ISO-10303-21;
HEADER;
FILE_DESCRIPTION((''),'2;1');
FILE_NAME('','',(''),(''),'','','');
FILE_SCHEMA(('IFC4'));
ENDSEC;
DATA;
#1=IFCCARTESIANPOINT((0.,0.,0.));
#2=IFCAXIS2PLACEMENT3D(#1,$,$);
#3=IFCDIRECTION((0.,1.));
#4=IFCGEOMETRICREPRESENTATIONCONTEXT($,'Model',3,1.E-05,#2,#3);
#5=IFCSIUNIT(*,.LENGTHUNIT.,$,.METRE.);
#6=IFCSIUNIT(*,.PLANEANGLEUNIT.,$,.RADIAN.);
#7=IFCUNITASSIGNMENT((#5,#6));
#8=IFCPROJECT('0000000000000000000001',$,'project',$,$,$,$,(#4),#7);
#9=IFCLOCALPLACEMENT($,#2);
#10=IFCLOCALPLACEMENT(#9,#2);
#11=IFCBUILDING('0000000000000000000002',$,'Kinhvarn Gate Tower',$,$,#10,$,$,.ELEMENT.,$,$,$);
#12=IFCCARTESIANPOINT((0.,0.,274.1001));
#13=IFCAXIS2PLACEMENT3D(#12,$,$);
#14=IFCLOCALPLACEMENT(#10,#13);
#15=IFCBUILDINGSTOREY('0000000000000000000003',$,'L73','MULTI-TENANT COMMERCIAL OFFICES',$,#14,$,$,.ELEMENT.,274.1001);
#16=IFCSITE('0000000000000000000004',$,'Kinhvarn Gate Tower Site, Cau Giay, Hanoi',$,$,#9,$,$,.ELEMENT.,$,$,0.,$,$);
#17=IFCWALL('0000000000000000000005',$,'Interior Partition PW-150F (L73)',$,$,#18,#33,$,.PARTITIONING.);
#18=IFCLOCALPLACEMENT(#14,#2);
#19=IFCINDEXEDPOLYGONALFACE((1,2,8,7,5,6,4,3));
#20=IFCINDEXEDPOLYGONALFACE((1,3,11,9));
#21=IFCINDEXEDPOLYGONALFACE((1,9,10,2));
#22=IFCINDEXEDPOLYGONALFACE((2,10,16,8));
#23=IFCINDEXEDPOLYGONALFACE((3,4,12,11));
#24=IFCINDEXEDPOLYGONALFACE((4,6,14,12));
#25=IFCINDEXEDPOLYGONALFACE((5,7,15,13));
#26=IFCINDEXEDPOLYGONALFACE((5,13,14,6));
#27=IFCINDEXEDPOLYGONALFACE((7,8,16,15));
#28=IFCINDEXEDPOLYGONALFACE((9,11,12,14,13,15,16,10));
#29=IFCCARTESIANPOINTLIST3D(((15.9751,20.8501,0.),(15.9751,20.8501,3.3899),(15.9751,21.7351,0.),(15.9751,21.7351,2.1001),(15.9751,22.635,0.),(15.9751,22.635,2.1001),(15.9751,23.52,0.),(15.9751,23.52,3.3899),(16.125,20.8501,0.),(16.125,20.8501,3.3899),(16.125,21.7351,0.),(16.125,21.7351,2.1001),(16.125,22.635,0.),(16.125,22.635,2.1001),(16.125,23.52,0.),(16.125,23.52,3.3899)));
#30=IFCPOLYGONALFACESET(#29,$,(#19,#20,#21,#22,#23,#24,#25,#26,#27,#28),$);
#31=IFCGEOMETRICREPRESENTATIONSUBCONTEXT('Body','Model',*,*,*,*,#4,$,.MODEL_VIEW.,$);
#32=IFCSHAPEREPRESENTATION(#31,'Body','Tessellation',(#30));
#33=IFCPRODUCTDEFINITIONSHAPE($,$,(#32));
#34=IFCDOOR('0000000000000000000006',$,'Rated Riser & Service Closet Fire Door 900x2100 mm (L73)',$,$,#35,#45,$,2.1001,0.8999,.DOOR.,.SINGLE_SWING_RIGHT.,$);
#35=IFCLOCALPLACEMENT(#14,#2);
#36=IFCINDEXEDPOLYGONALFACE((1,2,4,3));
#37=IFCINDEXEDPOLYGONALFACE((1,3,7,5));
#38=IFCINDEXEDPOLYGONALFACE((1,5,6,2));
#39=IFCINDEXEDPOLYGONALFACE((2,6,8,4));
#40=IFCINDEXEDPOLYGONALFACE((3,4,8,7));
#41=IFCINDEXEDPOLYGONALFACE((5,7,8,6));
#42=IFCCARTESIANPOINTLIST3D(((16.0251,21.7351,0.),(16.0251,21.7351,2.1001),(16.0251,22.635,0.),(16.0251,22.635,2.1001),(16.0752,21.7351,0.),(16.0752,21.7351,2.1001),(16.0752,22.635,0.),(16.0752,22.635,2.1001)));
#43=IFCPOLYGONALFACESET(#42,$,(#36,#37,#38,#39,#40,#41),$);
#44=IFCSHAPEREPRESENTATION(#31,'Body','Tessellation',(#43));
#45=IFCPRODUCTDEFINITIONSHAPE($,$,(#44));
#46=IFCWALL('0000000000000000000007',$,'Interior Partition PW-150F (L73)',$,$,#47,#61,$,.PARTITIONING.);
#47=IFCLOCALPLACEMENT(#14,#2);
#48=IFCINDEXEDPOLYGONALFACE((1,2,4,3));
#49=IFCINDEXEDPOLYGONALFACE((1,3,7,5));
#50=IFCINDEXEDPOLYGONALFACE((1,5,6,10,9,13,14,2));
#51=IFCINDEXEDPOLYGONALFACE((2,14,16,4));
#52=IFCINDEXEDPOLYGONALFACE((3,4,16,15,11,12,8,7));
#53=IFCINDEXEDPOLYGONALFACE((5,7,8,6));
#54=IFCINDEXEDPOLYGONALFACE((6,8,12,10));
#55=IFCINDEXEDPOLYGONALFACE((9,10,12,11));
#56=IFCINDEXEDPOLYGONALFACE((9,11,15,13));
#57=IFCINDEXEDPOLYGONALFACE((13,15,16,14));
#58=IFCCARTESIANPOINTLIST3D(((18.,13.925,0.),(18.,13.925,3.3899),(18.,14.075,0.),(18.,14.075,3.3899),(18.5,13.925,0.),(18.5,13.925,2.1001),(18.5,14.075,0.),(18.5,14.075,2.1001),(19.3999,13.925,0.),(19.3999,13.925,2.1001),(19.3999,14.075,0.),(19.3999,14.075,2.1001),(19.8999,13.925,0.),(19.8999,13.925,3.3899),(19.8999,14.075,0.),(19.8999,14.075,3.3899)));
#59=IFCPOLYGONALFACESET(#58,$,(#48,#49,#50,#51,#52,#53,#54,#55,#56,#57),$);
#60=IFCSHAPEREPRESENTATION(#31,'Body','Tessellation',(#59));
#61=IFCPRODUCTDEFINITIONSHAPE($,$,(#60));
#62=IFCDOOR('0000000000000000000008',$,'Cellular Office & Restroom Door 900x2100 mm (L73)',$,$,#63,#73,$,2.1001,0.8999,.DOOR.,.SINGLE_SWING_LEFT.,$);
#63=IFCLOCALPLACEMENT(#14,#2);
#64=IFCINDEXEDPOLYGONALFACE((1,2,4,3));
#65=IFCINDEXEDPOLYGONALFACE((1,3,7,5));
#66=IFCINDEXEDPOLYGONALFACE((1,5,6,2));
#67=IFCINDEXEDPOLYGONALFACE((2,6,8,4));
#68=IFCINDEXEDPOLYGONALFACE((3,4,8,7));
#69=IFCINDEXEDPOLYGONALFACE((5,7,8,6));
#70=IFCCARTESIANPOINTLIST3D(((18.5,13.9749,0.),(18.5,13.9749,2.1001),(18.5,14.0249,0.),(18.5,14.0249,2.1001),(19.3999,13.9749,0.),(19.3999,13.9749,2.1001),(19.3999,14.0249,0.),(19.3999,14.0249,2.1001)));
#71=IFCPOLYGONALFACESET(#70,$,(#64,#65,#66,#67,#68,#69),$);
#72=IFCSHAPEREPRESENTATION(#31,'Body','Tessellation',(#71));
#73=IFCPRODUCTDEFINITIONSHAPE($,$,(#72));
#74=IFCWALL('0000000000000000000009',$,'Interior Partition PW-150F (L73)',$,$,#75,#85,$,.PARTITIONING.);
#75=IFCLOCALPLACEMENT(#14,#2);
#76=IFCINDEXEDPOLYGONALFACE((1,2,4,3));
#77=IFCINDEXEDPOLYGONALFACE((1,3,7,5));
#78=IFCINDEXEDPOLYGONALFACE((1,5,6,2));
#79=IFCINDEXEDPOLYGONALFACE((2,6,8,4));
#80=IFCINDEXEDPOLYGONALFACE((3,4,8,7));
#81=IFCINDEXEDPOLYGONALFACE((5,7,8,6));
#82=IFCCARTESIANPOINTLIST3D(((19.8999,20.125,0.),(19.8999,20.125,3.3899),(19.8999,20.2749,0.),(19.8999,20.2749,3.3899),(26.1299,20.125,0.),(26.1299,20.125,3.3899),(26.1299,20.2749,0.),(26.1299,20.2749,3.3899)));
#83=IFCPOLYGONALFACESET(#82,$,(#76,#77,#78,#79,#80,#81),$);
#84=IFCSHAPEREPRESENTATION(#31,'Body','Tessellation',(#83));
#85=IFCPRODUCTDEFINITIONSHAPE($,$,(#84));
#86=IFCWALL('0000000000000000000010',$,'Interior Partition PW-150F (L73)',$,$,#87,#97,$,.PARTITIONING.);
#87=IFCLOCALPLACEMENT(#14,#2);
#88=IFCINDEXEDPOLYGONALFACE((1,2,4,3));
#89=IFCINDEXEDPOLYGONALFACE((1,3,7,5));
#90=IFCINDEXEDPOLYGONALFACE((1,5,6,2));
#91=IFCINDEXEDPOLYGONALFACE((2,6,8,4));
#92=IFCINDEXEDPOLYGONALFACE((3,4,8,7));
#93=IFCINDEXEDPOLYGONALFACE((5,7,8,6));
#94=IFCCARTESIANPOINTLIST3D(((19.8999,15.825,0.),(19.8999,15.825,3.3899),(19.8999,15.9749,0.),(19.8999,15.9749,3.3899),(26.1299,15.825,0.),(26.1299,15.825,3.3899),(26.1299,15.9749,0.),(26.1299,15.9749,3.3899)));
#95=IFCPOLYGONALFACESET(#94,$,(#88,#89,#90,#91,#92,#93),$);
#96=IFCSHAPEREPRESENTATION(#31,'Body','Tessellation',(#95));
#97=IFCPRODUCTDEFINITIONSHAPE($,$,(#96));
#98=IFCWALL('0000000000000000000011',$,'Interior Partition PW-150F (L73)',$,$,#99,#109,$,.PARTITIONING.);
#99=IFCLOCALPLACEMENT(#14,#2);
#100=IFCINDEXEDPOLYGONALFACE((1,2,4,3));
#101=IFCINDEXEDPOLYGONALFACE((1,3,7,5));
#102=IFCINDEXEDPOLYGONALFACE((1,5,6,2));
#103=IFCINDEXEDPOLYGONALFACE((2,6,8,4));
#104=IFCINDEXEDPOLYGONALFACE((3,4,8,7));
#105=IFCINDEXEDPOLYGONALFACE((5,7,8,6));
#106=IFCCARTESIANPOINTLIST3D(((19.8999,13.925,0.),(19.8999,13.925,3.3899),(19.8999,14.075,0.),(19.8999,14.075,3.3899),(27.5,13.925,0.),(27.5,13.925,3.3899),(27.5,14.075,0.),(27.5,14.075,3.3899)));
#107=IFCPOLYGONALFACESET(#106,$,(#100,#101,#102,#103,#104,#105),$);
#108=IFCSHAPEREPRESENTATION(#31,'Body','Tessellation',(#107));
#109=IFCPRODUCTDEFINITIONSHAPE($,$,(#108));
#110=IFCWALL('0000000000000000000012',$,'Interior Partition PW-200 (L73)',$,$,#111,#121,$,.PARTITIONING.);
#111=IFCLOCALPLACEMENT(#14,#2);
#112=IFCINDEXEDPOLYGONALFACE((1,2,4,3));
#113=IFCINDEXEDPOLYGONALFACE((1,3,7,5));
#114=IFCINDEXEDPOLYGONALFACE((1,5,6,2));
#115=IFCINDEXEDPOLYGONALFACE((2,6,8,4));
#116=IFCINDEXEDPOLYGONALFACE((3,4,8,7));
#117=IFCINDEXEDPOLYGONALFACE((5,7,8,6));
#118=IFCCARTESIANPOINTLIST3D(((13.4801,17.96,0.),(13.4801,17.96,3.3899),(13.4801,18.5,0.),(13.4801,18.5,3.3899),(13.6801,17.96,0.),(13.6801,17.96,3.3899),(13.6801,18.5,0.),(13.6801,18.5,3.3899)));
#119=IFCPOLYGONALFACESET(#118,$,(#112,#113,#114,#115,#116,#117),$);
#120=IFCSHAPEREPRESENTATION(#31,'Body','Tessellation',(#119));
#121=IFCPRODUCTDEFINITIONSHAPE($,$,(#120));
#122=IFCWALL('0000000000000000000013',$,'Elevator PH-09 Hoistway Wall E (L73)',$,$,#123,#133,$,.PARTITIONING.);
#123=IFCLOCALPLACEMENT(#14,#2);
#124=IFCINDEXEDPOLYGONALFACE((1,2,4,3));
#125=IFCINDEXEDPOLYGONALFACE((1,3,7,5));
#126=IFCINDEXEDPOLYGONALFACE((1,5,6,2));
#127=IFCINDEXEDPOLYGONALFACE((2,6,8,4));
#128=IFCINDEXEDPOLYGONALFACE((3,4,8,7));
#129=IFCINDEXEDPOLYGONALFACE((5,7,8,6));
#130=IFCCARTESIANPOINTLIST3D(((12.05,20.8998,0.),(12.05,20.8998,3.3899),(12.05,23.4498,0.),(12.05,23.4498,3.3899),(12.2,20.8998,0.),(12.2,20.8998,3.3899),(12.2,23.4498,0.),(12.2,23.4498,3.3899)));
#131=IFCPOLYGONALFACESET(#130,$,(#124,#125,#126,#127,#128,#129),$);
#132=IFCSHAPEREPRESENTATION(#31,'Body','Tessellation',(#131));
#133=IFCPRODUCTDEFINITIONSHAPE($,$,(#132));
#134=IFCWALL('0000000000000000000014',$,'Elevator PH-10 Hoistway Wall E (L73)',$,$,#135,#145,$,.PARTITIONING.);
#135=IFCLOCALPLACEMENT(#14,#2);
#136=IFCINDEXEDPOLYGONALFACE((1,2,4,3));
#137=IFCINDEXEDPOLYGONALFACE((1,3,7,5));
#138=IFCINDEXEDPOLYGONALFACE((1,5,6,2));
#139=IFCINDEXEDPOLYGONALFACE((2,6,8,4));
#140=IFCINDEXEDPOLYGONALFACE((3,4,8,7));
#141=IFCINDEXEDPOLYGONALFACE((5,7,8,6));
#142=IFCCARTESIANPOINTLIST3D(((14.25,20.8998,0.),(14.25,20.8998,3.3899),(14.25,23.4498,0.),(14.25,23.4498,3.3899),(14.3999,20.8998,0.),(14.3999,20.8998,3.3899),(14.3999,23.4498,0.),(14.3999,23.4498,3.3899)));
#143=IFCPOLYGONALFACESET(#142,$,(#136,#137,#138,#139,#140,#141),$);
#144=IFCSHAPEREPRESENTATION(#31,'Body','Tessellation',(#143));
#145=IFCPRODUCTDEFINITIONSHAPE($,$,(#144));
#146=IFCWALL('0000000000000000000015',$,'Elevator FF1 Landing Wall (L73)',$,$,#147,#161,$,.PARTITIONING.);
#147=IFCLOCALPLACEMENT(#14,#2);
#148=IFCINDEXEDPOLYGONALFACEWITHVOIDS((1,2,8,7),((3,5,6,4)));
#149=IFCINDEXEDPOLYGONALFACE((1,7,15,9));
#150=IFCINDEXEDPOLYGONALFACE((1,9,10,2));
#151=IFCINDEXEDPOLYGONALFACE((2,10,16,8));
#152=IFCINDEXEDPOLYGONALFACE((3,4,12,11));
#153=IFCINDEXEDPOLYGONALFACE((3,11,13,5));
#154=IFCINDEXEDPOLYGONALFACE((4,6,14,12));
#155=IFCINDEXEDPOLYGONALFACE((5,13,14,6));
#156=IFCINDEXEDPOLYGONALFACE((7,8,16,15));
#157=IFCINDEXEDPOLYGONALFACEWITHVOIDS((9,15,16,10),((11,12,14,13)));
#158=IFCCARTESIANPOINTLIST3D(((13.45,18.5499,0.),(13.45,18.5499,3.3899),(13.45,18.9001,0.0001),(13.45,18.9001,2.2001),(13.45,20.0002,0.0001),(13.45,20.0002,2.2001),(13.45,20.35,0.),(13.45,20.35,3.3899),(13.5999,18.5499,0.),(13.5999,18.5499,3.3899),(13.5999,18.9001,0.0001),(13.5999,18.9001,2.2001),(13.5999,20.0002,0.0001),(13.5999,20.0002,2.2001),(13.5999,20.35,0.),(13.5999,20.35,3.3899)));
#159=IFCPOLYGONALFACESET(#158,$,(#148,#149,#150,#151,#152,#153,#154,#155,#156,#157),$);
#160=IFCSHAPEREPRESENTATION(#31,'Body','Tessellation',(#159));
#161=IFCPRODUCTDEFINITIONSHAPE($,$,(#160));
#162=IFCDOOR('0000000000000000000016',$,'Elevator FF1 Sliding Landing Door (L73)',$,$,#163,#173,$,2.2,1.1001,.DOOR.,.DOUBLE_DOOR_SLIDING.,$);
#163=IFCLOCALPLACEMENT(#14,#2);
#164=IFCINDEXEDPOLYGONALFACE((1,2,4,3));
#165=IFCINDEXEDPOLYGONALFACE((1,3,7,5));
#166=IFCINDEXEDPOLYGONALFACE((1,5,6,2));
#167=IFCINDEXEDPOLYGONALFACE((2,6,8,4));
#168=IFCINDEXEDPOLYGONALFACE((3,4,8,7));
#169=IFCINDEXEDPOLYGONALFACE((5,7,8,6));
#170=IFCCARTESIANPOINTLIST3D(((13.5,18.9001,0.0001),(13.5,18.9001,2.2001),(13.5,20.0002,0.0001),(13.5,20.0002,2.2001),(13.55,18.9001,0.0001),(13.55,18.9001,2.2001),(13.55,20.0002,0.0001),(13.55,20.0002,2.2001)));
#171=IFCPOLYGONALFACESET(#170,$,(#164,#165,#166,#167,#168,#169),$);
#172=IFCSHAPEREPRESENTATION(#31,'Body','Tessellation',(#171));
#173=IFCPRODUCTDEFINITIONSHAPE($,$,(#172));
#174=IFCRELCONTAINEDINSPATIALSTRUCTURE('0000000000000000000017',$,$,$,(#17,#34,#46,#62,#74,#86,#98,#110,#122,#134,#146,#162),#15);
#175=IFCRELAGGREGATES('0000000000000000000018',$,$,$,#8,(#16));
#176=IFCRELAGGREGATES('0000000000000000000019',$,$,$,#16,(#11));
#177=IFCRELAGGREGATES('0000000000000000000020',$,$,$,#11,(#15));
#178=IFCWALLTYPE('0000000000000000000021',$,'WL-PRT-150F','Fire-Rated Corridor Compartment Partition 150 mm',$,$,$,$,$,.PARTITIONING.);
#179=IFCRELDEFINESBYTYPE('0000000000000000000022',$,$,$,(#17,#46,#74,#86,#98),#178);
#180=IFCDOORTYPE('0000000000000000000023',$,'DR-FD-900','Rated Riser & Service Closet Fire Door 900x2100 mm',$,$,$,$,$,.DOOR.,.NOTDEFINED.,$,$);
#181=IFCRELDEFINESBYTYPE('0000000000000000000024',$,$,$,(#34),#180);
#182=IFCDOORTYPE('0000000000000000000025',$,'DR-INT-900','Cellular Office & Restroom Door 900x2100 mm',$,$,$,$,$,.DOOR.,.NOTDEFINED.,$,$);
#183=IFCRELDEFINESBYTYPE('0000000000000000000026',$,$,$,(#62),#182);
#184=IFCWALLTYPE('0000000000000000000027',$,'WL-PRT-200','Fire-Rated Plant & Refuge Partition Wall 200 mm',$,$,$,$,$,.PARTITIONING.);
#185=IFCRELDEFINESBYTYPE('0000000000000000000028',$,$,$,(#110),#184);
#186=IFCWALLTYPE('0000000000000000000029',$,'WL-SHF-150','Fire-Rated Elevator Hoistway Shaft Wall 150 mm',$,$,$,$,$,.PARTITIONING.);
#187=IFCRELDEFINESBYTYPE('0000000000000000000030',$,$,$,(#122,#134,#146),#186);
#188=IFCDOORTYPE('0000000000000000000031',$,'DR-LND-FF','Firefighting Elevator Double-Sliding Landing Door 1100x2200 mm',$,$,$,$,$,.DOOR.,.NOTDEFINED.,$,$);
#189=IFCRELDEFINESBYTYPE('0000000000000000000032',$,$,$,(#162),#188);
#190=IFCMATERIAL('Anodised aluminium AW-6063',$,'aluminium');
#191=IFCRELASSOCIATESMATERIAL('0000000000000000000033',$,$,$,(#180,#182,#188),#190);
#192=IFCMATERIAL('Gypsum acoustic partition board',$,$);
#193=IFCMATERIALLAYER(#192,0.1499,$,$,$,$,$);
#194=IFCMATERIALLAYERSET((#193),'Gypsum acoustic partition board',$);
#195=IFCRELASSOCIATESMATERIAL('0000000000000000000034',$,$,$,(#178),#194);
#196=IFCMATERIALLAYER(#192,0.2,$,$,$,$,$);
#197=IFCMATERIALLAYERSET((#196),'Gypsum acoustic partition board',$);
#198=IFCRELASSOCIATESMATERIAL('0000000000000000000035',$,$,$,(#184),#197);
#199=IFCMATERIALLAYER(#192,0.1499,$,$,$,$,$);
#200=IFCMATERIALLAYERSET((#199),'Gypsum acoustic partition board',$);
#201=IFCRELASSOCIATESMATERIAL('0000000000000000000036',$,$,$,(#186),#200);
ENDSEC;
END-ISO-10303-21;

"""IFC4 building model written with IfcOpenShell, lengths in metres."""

from ifc_helpers import new_model, si_unit, direction, frame, frame_2d, origin, place, context, subcontext, project, spatial, rectangle, extrude, material, layer, layer_set, type_object, element, fill, save


model = new_model("IFC4")

# Units and contexts
model_context = context("Model", 3, precision=1e-05, world=origin(), true_north=direction((0.0, 1.0)))
body_context = subcontext(model_context, "Body", "Model", "MODEL_VIEW")
ifc_project = project(units=[si_unit("LENGTHUNIT", "METRE"), si_unit("PLANEANGLEUNIT", "RADIAN")], contexts=[model_context])

# Site, building, storey
site_placement = place(None, origin())
site = spatial("IfcSite", under=ifc_project, at=site_placement, Name="Kinhvarn Gate Tower Site, Cau Giay, Hanoi", CompositionType="ELEMENT", RefElevation=0.0)
building_placement = place(site_placement, origin())
building = spatial("IfcBuilding", under=site, at=building_placement, Name="Kinhvarn Gate Tower", CompositionType="ELEMENT")
storey_placement = place(building_placement, frame((0.0, 0.0, 274.1001)))
storey = spatial("IfcBuildingStorey", under=building, at=storey_placement, Name="L73", Description="MULTI-TENANT COMMERCIAL OFFICES", CompositionType="ELEMENT", Elevation=274.1001)

# Walls, openings, doors
ifc_material_1 = material(Name="Anodised aluminium AW-6063", Category="aluminium")
ifc_material_2 = material(Name="Gypsum acoustic partition board")
door_type_1 = type_object("IfcDoorType", Name="DR-FD-900", Description="Rated Riser & Service Closet Fire Door 900x2100 mm", OperationType="NOTDEFINED", PredefinedType="DOOR", material=ifc_material_1)
ifc_layer_1 = layer(ifc_material_2, 0.1499)
ifc_layer_set_1 = layer_set([ifc_layer_1], Name="Gypsum acoustic partition board")
wall_type_1 = type_object("IfcWallType", Name="WL-PRT-150F", Description="Fire-Rated Corridor Compartment Partition 150 mm", PredefinedType="PARTITIONING", material=ifc_layer_set_1)
wall_1_placement = place(storey_placement, frame((16.05, 20.8501, 0.0), z_axis=(0.0, 0.0, 1.0), x_axis=(0.0, 1.0, 0.0)))
wall_1 = element("IfcWall", 1, at=wall_1_placement, inside=storey, type_object=wall_type_1, Name="Interior Partition PW-150F (L73)", PredefinedType="PARTITIONING", context=body_context, shape_type="SweptSolid", body=[
    extrude(rectangle(XDim=2.6699, YDim=0.1499, at=frame_2d((1.335, 0.0))), origin(), (0.0, 0.0, 1.0), 3.3899),
])
opening_1_placement = place(wall_1_placement, frame((0.885, 0.0, 0.0)))
opening_1 = element("IfcOpeningElement", 2, at=opening_1_placement, cuts=wall_1, PredefinedType="OPENING", context=body_context, shape_type="SweptSolid", body=[
    extrude(rectangle(XDim=0.8999, YDim=2.1001, at=frame_2d((0.45, 1.05))), frame((0.0, 0.085, 0.0), z_axis=(0.0, -1.0, 0.0), x_axis=(1.0, 0.0, 0.0)), (0.0, 0.0, 1.0), 0.1699),
])
door_1_placement = place(opening_1_placement, origin())
door_1 = element("IfcDoor", 3, at=door_1_placement, inside=storey, type_object=door_type_1, Name="Rated Riser & Service Closet Fire Door 900x2100 mm (L73)", OperationType="SINGLE_SWING_RIGHT", OverallHeight=2.1001, OverallWidth=0.8999, PredefinedType="DOOR", context=body_context, shape_type="SweptSolid", body=[
    extrude(rectangle(XDim=0.8999, YDim=2.1001, at=frame_2d((0.45, 1.05))), frame((0.0, 0.0249, 0.0), z_axis=(0.0, -1.0, 0.0), x_axis=(1.0, 0.0, 0.0)), (0.0, 0.0, 1.0), 0.05),
])
fill(opening_1, door_1)
wall_2_placement = place(storey_placement, frame((18.0, 14.0, 0.0), z_axis=(0.0, 0.0, 1.0), x_axis=(1.0, 0.0, 0.0)))
wall_2 = element("IfcWall", 4, at=wall_2_placement, inside=storey, type_object=wall_type_1, Name="Interior Partition PW-150F (L73)", PredefinedType="PARTITIONING", context=body_context, shape_type="SweptSolid", body=[
    extrude(rectangle(XDim=1.8999, YDim=0.1499, at=frame_2d((0.95, 0.0))), origin(), (0.0, 0.0, 1.0), 3.3899),
])
opening_2_placement = place(wall_2_placement, frame((0.5, 0.0, 0.0)))
opening_2 = element("IfcOpeningElement", 5, at=opening_2_placement, cuts=wall_2, PredefinedType="OPENING", context=body_context, shape_type="SweptSolid", body=[
    extrude(rectangle(XDim=0.8999, YDim=2.1001, at=frame_2d((0.45, 1.05))), frame((0.0, 0.085, 0.0), z_axis=(0.0, -1.0, 0.0), x_axis=(1.0, 0.0, 0.0)), (0.0, 0.0, 1.0), 0.1699),
])
door_type_2 = type_object("IfcDoorType", Name="DR-INT-900", Description="Cellular Office & Restroom Door 900x2100 mm", OperationType="NOTDEFINED", PredefinedType="DOOR", material=ifc_material_1)
door_2_placement = place(opening_2_placement, origin())
door_2 = element("IfcDoor", 6, at=door_2_placement, inside=storey, type_object=door_type_2, Name="Cellular Office & Restroom Door 900x2100 mm (L73)", OperationType="SINGLE_SWING_LEFT", OverallHeight=2.1001, OverallWidth=0.8999, PredefinedType="DOOR", context=body_context, shape_type="SweptSolid", body=[
    extrude(rectangle(XDim=0.8999, YDim=2.1001, at=frame_2d((0.45, 1.05))), frame((0.0, 0.0249, 0.0), z_axis=(0.0, -1.0, 0.0), x_axis=(1.0, 0.0, 0.0)), (0.0, 0.0, 1.0), 0.05),
])
fill(opening_2, door_2)

# Walls
for number, where, z_axis, x_axis, name in (
    (7, (19.8999, 20.2, 0.0), (0.0, 0.0, 1.0), (1.0, 0.0, 0.0), "Interior Partition PW-150F (L73)"),
    (8, (19.8999, 15.8999, 0.0), (0.0, 0.0, 1.0), (1.0, 0.0, 0.0), "Interior Partition PW-150F (L73)"),
):
    element("IfcWall", number, at=place(storey_placement, frame(where, z_axis=z_axis, x_axis=x_axis)), inside=storey, type_object=wall_type_1, Name=name, PredefinedType="PARTITIONING", context=body_context, shape_type="SweptSolid", body=[
        extrude(rectangle(XDim=6.23, YDim=0.1499, at=frame_2d((3.115, 0.0))), origin(), (0.0, 0.0, 1.0), 3.3899),
    ])
wall_3_placement = place(storey_placement, frame((19.8999, 14.0, 0.0), z_axis=(0.0, 0.0, 1.0), x_axis=(1.0, 0.0, 0.0)))
element("IfcWall", 9, at=wall_3_placement, inside=storey, type_object=wall_type_1, Name="Interior Partition PW-150F (L73)", PredefinedType="PARTITIONING", context=body_context, shape_type="SweptSolid", body=[
    extrude(rectangle(XDim=7.6001, YDim=0.1499, at=frame_2d((3.8, 0.0))), origin(), (0.0, 0.0, 1.0), 3.3899),
])
ifc_layer_2 = layer(ifc_material_2, 0.2)
ifc_layer_set_2 = layer_set([ifc_layer_2], Name="Gypsum acoustic partition board")
wall_type_2 = type_object("IfcWallType", Name="WL-PRT-200", Description="Fire-Rated Plant & Refuge Partition Wall 200 mm", PredefinedType="PARTITIONING", material=ifc_layer_set_2)
wall_4_placement = place(storey_placement, frame((13.5801, 17.96, 0.0), z_axis=(0.0, 0.0, 1.0), x_axis=(0.0, 1.0, 0.0)))
element("IfcWall", 10, at=wall_4_placement, inside=storey, type_object=wall_type_2, Name="Interior Partition PW-200 (L73)", PredefinedType="PARTITIONING", context=body_context, shape_type="SweptSolid", body=[
    extrude(rectangle(XDim=0.54, YDim=0.2, at=frame_2d((0.27, 0.0))), origin(), (0.0, 0.0, 1.0), 3.3899),
])
ifc_layer_3 = layer(ifc_material_2, 0.1499)
ifc_layer_set_3 = layer_set([ifc_layer_3], Name="Gypsum acoustic partition board")
wall_type_3 = type_object("IfcWallType", Name="WL-SHF-150", Description="Fire-Rated Elevator Hoistway Shaft Wall 150 mm", PredefinedType="PARTITIONING", material=ifc_layer_set_3)
for number, where, z_axis, x_axis, name in (
    (11, (12.125, 20.8999, 0.0), (0.0, 0.0, 1.0), (0.0, 1.0, 0.0), "Elevator PH-09 Hoistway Wall E (L73)"),
    (12, (14.325, 20.8999, 0.0), (0.0, 0.0, 1.0), (0.0, 1.0, 0.0), "Elevator PH-10 Hoistway Wall E (L73)"),
):
    element("IfcWall", number, at=place(storey_placement, frame(where, z_axis=z_axis, x_axis=x_axis)), inside=storey, type_object=wall_type_3, Name=name, PredefinedType="PARTITIONING", context=body_context, shape_type="SweptSolid", body=[
        extrude(rectangle(XDim=2.55, YDim=0.1499, at=frame_2d((1.2749, 0.0))), origin(), (0.0, 0.0, 1.0), 3.3899),
    ])

# Wall, opening, door
wall_5_placement = place(storey_placement, frame((13.5249, 18.55, 0.0), z_axis=(0.0, 0.0, 1.0), x_axis=(0.0, 1.0, 0.0)))
wall_5 = element("IfcWall", 13, at=wall_5_placement, inside=storey, type_object=wall_type_3, Name="Elevator FF1 Landing Wall (L73)", PredefinedType="PARTITIONING", context=body_context, shape_type="SweptSolid", body=[
    extrude(rectangle(XDim=1.8, YDim=0.1499, at=frame_2d((0.8999, 0.0))), origin(), (0.0, 0.0, 1.0), 3.3899),
])
opening_3_placement = place(wall_5_placement, frame((0.3501, 0.0, 0.0)))
opening_3 = element("IfcOpeningElement", 14, at=opening_3_placement, cuts=wall_5, PredefinedType="OPENING", context=body_context, shape_type="SweptSolid", body=[
    extrude(rectangle(XDim=1.1001, YDim=2.2, at=frame_2d((0.55, 1.1001))), frame((0.0, 0.085, 0.0), z_axis=(0.0, -1.0, 0.0), x_axis=(1.0, 0.0, 0.0)), (0.0, 0.0, 1.0), 0.1699),
])
door_type_3 = type_object("IfcDoorType", Name="DR-LND-FF", Description="Firefighting Elevator Double-Sliding Landing Door 1100x2200 mm", OperationType="NOTDEFINED", PredefinedType="DOOR", material=ifc_material_1)
door_3_placement = place(opening_3_placement, origin())
door_3 = element("IfcDoor", 15, at=door_3_placement, inside=storey, type_object=door_type_3, Name="Elevator FF1 Sliding Landing Door (L73)", OperationType="DOUBLE_DOOR_SLIDING", OverallHeight=2.2, OverallWidth=1.1001, PredefinedType="DOOR", context=body_context, shape_type="SweptSolid", body=[
    extrude(rectangle(XDim=1.1001, YDim=2.2, at=frame_2d((0.55, 1.1001))), frame((0.0, 0.0249, 0.0), z_axis=(0.0, -1.0, 0.0), x_axis=(1.0, 0.0, 0.0)), (0.0, 0.0, 1.0), 0.05),
])
fill(opening_3, door_3)

save(model, "model.ifc")
